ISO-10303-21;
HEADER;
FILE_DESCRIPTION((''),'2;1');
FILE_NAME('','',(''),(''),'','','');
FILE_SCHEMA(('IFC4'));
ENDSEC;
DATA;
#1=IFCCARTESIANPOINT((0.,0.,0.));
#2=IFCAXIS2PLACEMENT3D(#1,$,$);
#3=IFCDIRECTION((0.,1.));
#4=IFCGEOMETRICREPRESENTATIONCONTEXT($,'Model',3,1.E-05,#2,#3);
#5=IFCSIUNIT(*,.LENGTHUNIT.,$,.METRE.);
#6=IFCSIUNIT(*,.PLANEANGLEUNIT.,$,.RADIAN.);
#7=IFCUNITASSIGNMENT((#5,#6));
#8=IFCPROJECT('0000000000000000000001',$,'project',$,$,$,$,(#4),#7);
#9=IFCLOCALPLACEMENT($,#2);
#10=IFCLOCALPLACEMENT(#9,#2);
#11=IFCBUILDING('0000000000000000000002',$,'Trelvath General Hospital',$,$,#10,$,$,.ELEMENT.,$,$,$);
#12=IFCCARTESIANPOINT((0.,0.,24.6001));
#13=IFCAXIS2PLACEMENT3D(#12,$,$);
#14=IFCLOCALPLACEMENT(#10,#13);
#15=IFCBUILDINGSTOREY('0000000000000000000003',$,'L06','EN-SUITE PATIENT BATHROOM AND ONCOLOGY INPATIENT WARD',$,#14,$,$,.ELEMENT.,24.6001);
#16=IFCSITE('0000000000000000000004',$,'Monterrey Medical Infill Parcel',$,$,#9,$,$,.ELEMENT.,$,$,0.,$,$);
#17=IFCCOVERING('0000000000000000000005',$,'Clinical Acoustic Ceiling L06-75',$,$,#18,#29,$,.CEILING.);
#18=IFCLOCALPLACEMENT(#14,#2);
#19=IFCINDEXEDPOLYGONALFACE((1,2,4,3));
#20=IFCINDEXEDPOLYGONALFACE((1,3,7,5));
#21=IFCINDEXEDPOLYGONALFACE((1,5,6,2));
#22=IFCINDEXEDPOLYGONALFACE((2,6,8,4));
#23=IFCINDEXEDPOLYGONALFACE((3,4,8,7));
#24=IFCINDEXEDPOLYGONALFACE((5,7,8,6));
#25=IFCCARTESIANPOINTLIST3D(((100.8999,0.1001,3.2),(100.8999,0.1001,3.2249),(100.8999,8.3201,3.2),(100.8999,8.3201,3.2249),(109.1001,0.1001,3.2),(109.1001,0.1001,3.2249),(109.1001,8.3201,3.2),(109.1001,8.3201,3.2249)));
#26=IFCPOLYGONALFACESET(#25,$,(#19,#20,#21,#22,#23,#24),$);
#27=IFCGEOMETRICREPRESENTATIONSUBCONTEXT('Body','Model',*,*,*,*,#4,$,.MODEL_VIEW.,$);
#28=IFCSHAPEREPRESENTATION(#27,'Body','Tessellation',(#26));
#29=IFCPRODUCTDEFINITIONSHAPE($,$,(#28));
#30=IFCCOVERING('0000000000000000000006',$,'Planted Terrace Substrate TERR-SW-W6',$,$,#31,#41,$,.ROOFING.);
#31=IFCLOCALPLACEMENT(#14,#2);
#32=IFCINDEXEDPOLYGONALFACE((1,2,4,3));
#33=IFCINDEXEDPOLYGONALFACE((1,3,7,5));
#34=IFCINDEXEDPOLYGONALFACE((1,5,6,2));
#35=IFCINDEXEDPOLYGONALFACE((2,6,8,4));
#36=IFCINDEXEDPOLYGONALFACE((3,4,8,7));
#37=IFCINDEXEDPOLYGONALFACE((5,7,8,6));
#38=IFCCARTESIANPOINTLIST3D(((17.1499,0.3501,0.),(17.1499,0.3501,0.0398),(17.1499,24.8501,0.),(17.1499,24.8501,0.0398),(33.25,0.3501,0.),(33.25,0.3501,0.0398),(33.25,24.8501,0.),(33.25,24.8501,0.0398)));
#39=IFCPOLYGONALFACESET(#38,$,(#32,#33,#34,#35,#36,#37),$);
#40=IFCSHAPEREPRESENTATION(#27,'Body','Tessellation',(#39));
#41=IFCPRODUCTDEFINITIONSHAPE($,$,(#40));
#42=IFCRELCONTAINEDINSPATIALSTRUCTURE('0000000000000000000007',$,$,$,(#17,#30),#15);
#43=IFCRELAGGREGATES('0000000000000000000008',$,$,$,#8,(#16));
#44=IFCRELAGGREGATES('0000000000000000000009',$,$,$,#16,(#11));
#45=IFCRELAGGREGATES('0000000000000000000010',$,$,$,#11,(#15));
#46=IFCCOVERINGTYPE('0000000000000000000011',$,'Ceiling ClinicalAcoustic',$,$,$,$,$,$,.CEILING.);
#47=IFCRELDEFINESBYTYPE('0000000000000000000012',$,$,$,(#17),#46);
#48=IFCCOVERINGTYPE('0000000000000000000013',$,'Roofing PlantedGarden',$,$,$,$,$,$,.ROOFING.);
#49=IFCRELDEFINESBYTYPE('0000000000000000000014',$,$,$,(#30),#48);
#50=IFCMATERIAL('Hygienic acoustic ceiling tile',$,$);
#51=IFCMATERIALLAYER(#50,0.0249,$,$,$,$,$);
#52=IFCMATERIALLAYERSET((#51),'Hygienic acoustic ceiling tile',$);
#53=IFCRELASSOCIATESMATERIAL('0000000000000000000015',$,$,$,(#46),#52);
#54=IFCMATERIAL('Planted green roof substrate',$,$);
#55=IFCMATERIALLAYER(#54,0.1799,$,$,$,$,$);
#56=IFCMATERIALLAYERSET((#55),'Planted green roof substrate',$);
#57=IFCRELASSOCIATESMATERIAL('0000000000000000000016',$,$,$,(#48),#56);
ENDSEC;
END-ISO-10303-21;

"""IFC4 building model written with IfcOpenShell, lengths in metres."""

from ifc_helpers import new_model, si_unit, direction, frame, origin, place, context, subcontext, project, spatial, polyline, outline, extrude, material, layer, layer_set, type_object, element, save


model = new_model("IFC4")

# Units and contexts
model_context = context("Model", 3, precision=1e-05, world=origin(), true_north=direction((0.0, 1.0)))
body_context = subcontext(model_context, "Body", "Model", "MODEL_VIEW")
ifc_project = project(units=[si_unit("LENGTHUNIT", "METRE"), si_unit("PLANEANGLEUNIT", "RADIAN")], contexts=[model_context])

# Site, building, storey
site_placement = place(None, origin())
site = spatial("IfcSite", under=ifc_project, at=site_placement, Name="Monterrey Medical Infill Parcel", CompositionType="ELEMENT", RefElevation=0.0)
building_placement = place(site_placement, origin())
building = spatial("IfcBuilding", under=site, at=building_placement, Name="Trelvath General Hospital", CompositionType="ELEMENT")
storey_placement = place(building_placement, frame((0.0, 0.0, 24.6001)))
storey = spatial("IfcBuildingStorey", under=building, at=storey_placement, Name="L06", Description="EN-SUITE PATIENT BATHROOM AND ONCOLOGY INPATIENT WARD", CompositionType="ELEMENT", Elevation=24.6001)

# Coverings
ifc_material_1 = material(Name="Hygienic acoustic ceiling tile")
ifc_layer_1 = layer(ifc_material_1, 0.0249)
ifc_layer_set_1 = layer_set([ifc_layer_1], Name="Hygienic acoustic ceiling tile")
covering_type_1 = type_object("IfcCoveringType", Name="Ceiling ClinicalAcoustic", PredefinedType="CEILING", material=ifc_layer_set_1)
covering_1_placement = place(storey_placement, frame((0.0, 0.0, 3.2)))
element("IfcCovering", 1, at=covering_1_placement, inside=storey, type_object=covering_type_1, Name="Clinical Acoustic Ceiling L06-75", PredefinedType="CEILING", context=body_context, shape_type="SweptSolid", body=[
    extrude(outline(polyline([(100.8999, 0.1001), (109.1001, 0.1001), (109.1001, 8.3201), (100.8999, 8.3201), (100.8999, 0.1001)])), origin(), (0.0, 0.0, 1.0), 0.0249),
])
ifc_material_2 = material(Name="Planted green roof substrate")
ifc_layer_2 = layer(ifc_material_2, 0.1799)
ifc_layer_set_2 = layer_set([ifc_layer_2], Name="Planted green roof substrate")
covering_type_2 = type_object("IfcCoveringType", Name="Roofing PlantedGarden", PredefinedType="ROOFING", material=ifc_layer_set_2)
covering_2_placement = place(storey_placement, origin())
element("IfcCovering", 2, at=covering_2_placement, inside=storey, type_object=covering_type_2, Name="Planted Terrace Substrate TERR-SW-W6", PredefinedType="ROOFING", context=body_context, shape_type="SweptSolid", body=[
    extrude(outline(polyline([(17.1499, 0.3501), (33.25, 0.3501), (33.25, 24.8501), (17.1499, 24.8501), (17.1499, 0.3501)])), origin(), (0.0, 0.0, 1.0), 0.0398),
])

save(model, "model.ifc")
